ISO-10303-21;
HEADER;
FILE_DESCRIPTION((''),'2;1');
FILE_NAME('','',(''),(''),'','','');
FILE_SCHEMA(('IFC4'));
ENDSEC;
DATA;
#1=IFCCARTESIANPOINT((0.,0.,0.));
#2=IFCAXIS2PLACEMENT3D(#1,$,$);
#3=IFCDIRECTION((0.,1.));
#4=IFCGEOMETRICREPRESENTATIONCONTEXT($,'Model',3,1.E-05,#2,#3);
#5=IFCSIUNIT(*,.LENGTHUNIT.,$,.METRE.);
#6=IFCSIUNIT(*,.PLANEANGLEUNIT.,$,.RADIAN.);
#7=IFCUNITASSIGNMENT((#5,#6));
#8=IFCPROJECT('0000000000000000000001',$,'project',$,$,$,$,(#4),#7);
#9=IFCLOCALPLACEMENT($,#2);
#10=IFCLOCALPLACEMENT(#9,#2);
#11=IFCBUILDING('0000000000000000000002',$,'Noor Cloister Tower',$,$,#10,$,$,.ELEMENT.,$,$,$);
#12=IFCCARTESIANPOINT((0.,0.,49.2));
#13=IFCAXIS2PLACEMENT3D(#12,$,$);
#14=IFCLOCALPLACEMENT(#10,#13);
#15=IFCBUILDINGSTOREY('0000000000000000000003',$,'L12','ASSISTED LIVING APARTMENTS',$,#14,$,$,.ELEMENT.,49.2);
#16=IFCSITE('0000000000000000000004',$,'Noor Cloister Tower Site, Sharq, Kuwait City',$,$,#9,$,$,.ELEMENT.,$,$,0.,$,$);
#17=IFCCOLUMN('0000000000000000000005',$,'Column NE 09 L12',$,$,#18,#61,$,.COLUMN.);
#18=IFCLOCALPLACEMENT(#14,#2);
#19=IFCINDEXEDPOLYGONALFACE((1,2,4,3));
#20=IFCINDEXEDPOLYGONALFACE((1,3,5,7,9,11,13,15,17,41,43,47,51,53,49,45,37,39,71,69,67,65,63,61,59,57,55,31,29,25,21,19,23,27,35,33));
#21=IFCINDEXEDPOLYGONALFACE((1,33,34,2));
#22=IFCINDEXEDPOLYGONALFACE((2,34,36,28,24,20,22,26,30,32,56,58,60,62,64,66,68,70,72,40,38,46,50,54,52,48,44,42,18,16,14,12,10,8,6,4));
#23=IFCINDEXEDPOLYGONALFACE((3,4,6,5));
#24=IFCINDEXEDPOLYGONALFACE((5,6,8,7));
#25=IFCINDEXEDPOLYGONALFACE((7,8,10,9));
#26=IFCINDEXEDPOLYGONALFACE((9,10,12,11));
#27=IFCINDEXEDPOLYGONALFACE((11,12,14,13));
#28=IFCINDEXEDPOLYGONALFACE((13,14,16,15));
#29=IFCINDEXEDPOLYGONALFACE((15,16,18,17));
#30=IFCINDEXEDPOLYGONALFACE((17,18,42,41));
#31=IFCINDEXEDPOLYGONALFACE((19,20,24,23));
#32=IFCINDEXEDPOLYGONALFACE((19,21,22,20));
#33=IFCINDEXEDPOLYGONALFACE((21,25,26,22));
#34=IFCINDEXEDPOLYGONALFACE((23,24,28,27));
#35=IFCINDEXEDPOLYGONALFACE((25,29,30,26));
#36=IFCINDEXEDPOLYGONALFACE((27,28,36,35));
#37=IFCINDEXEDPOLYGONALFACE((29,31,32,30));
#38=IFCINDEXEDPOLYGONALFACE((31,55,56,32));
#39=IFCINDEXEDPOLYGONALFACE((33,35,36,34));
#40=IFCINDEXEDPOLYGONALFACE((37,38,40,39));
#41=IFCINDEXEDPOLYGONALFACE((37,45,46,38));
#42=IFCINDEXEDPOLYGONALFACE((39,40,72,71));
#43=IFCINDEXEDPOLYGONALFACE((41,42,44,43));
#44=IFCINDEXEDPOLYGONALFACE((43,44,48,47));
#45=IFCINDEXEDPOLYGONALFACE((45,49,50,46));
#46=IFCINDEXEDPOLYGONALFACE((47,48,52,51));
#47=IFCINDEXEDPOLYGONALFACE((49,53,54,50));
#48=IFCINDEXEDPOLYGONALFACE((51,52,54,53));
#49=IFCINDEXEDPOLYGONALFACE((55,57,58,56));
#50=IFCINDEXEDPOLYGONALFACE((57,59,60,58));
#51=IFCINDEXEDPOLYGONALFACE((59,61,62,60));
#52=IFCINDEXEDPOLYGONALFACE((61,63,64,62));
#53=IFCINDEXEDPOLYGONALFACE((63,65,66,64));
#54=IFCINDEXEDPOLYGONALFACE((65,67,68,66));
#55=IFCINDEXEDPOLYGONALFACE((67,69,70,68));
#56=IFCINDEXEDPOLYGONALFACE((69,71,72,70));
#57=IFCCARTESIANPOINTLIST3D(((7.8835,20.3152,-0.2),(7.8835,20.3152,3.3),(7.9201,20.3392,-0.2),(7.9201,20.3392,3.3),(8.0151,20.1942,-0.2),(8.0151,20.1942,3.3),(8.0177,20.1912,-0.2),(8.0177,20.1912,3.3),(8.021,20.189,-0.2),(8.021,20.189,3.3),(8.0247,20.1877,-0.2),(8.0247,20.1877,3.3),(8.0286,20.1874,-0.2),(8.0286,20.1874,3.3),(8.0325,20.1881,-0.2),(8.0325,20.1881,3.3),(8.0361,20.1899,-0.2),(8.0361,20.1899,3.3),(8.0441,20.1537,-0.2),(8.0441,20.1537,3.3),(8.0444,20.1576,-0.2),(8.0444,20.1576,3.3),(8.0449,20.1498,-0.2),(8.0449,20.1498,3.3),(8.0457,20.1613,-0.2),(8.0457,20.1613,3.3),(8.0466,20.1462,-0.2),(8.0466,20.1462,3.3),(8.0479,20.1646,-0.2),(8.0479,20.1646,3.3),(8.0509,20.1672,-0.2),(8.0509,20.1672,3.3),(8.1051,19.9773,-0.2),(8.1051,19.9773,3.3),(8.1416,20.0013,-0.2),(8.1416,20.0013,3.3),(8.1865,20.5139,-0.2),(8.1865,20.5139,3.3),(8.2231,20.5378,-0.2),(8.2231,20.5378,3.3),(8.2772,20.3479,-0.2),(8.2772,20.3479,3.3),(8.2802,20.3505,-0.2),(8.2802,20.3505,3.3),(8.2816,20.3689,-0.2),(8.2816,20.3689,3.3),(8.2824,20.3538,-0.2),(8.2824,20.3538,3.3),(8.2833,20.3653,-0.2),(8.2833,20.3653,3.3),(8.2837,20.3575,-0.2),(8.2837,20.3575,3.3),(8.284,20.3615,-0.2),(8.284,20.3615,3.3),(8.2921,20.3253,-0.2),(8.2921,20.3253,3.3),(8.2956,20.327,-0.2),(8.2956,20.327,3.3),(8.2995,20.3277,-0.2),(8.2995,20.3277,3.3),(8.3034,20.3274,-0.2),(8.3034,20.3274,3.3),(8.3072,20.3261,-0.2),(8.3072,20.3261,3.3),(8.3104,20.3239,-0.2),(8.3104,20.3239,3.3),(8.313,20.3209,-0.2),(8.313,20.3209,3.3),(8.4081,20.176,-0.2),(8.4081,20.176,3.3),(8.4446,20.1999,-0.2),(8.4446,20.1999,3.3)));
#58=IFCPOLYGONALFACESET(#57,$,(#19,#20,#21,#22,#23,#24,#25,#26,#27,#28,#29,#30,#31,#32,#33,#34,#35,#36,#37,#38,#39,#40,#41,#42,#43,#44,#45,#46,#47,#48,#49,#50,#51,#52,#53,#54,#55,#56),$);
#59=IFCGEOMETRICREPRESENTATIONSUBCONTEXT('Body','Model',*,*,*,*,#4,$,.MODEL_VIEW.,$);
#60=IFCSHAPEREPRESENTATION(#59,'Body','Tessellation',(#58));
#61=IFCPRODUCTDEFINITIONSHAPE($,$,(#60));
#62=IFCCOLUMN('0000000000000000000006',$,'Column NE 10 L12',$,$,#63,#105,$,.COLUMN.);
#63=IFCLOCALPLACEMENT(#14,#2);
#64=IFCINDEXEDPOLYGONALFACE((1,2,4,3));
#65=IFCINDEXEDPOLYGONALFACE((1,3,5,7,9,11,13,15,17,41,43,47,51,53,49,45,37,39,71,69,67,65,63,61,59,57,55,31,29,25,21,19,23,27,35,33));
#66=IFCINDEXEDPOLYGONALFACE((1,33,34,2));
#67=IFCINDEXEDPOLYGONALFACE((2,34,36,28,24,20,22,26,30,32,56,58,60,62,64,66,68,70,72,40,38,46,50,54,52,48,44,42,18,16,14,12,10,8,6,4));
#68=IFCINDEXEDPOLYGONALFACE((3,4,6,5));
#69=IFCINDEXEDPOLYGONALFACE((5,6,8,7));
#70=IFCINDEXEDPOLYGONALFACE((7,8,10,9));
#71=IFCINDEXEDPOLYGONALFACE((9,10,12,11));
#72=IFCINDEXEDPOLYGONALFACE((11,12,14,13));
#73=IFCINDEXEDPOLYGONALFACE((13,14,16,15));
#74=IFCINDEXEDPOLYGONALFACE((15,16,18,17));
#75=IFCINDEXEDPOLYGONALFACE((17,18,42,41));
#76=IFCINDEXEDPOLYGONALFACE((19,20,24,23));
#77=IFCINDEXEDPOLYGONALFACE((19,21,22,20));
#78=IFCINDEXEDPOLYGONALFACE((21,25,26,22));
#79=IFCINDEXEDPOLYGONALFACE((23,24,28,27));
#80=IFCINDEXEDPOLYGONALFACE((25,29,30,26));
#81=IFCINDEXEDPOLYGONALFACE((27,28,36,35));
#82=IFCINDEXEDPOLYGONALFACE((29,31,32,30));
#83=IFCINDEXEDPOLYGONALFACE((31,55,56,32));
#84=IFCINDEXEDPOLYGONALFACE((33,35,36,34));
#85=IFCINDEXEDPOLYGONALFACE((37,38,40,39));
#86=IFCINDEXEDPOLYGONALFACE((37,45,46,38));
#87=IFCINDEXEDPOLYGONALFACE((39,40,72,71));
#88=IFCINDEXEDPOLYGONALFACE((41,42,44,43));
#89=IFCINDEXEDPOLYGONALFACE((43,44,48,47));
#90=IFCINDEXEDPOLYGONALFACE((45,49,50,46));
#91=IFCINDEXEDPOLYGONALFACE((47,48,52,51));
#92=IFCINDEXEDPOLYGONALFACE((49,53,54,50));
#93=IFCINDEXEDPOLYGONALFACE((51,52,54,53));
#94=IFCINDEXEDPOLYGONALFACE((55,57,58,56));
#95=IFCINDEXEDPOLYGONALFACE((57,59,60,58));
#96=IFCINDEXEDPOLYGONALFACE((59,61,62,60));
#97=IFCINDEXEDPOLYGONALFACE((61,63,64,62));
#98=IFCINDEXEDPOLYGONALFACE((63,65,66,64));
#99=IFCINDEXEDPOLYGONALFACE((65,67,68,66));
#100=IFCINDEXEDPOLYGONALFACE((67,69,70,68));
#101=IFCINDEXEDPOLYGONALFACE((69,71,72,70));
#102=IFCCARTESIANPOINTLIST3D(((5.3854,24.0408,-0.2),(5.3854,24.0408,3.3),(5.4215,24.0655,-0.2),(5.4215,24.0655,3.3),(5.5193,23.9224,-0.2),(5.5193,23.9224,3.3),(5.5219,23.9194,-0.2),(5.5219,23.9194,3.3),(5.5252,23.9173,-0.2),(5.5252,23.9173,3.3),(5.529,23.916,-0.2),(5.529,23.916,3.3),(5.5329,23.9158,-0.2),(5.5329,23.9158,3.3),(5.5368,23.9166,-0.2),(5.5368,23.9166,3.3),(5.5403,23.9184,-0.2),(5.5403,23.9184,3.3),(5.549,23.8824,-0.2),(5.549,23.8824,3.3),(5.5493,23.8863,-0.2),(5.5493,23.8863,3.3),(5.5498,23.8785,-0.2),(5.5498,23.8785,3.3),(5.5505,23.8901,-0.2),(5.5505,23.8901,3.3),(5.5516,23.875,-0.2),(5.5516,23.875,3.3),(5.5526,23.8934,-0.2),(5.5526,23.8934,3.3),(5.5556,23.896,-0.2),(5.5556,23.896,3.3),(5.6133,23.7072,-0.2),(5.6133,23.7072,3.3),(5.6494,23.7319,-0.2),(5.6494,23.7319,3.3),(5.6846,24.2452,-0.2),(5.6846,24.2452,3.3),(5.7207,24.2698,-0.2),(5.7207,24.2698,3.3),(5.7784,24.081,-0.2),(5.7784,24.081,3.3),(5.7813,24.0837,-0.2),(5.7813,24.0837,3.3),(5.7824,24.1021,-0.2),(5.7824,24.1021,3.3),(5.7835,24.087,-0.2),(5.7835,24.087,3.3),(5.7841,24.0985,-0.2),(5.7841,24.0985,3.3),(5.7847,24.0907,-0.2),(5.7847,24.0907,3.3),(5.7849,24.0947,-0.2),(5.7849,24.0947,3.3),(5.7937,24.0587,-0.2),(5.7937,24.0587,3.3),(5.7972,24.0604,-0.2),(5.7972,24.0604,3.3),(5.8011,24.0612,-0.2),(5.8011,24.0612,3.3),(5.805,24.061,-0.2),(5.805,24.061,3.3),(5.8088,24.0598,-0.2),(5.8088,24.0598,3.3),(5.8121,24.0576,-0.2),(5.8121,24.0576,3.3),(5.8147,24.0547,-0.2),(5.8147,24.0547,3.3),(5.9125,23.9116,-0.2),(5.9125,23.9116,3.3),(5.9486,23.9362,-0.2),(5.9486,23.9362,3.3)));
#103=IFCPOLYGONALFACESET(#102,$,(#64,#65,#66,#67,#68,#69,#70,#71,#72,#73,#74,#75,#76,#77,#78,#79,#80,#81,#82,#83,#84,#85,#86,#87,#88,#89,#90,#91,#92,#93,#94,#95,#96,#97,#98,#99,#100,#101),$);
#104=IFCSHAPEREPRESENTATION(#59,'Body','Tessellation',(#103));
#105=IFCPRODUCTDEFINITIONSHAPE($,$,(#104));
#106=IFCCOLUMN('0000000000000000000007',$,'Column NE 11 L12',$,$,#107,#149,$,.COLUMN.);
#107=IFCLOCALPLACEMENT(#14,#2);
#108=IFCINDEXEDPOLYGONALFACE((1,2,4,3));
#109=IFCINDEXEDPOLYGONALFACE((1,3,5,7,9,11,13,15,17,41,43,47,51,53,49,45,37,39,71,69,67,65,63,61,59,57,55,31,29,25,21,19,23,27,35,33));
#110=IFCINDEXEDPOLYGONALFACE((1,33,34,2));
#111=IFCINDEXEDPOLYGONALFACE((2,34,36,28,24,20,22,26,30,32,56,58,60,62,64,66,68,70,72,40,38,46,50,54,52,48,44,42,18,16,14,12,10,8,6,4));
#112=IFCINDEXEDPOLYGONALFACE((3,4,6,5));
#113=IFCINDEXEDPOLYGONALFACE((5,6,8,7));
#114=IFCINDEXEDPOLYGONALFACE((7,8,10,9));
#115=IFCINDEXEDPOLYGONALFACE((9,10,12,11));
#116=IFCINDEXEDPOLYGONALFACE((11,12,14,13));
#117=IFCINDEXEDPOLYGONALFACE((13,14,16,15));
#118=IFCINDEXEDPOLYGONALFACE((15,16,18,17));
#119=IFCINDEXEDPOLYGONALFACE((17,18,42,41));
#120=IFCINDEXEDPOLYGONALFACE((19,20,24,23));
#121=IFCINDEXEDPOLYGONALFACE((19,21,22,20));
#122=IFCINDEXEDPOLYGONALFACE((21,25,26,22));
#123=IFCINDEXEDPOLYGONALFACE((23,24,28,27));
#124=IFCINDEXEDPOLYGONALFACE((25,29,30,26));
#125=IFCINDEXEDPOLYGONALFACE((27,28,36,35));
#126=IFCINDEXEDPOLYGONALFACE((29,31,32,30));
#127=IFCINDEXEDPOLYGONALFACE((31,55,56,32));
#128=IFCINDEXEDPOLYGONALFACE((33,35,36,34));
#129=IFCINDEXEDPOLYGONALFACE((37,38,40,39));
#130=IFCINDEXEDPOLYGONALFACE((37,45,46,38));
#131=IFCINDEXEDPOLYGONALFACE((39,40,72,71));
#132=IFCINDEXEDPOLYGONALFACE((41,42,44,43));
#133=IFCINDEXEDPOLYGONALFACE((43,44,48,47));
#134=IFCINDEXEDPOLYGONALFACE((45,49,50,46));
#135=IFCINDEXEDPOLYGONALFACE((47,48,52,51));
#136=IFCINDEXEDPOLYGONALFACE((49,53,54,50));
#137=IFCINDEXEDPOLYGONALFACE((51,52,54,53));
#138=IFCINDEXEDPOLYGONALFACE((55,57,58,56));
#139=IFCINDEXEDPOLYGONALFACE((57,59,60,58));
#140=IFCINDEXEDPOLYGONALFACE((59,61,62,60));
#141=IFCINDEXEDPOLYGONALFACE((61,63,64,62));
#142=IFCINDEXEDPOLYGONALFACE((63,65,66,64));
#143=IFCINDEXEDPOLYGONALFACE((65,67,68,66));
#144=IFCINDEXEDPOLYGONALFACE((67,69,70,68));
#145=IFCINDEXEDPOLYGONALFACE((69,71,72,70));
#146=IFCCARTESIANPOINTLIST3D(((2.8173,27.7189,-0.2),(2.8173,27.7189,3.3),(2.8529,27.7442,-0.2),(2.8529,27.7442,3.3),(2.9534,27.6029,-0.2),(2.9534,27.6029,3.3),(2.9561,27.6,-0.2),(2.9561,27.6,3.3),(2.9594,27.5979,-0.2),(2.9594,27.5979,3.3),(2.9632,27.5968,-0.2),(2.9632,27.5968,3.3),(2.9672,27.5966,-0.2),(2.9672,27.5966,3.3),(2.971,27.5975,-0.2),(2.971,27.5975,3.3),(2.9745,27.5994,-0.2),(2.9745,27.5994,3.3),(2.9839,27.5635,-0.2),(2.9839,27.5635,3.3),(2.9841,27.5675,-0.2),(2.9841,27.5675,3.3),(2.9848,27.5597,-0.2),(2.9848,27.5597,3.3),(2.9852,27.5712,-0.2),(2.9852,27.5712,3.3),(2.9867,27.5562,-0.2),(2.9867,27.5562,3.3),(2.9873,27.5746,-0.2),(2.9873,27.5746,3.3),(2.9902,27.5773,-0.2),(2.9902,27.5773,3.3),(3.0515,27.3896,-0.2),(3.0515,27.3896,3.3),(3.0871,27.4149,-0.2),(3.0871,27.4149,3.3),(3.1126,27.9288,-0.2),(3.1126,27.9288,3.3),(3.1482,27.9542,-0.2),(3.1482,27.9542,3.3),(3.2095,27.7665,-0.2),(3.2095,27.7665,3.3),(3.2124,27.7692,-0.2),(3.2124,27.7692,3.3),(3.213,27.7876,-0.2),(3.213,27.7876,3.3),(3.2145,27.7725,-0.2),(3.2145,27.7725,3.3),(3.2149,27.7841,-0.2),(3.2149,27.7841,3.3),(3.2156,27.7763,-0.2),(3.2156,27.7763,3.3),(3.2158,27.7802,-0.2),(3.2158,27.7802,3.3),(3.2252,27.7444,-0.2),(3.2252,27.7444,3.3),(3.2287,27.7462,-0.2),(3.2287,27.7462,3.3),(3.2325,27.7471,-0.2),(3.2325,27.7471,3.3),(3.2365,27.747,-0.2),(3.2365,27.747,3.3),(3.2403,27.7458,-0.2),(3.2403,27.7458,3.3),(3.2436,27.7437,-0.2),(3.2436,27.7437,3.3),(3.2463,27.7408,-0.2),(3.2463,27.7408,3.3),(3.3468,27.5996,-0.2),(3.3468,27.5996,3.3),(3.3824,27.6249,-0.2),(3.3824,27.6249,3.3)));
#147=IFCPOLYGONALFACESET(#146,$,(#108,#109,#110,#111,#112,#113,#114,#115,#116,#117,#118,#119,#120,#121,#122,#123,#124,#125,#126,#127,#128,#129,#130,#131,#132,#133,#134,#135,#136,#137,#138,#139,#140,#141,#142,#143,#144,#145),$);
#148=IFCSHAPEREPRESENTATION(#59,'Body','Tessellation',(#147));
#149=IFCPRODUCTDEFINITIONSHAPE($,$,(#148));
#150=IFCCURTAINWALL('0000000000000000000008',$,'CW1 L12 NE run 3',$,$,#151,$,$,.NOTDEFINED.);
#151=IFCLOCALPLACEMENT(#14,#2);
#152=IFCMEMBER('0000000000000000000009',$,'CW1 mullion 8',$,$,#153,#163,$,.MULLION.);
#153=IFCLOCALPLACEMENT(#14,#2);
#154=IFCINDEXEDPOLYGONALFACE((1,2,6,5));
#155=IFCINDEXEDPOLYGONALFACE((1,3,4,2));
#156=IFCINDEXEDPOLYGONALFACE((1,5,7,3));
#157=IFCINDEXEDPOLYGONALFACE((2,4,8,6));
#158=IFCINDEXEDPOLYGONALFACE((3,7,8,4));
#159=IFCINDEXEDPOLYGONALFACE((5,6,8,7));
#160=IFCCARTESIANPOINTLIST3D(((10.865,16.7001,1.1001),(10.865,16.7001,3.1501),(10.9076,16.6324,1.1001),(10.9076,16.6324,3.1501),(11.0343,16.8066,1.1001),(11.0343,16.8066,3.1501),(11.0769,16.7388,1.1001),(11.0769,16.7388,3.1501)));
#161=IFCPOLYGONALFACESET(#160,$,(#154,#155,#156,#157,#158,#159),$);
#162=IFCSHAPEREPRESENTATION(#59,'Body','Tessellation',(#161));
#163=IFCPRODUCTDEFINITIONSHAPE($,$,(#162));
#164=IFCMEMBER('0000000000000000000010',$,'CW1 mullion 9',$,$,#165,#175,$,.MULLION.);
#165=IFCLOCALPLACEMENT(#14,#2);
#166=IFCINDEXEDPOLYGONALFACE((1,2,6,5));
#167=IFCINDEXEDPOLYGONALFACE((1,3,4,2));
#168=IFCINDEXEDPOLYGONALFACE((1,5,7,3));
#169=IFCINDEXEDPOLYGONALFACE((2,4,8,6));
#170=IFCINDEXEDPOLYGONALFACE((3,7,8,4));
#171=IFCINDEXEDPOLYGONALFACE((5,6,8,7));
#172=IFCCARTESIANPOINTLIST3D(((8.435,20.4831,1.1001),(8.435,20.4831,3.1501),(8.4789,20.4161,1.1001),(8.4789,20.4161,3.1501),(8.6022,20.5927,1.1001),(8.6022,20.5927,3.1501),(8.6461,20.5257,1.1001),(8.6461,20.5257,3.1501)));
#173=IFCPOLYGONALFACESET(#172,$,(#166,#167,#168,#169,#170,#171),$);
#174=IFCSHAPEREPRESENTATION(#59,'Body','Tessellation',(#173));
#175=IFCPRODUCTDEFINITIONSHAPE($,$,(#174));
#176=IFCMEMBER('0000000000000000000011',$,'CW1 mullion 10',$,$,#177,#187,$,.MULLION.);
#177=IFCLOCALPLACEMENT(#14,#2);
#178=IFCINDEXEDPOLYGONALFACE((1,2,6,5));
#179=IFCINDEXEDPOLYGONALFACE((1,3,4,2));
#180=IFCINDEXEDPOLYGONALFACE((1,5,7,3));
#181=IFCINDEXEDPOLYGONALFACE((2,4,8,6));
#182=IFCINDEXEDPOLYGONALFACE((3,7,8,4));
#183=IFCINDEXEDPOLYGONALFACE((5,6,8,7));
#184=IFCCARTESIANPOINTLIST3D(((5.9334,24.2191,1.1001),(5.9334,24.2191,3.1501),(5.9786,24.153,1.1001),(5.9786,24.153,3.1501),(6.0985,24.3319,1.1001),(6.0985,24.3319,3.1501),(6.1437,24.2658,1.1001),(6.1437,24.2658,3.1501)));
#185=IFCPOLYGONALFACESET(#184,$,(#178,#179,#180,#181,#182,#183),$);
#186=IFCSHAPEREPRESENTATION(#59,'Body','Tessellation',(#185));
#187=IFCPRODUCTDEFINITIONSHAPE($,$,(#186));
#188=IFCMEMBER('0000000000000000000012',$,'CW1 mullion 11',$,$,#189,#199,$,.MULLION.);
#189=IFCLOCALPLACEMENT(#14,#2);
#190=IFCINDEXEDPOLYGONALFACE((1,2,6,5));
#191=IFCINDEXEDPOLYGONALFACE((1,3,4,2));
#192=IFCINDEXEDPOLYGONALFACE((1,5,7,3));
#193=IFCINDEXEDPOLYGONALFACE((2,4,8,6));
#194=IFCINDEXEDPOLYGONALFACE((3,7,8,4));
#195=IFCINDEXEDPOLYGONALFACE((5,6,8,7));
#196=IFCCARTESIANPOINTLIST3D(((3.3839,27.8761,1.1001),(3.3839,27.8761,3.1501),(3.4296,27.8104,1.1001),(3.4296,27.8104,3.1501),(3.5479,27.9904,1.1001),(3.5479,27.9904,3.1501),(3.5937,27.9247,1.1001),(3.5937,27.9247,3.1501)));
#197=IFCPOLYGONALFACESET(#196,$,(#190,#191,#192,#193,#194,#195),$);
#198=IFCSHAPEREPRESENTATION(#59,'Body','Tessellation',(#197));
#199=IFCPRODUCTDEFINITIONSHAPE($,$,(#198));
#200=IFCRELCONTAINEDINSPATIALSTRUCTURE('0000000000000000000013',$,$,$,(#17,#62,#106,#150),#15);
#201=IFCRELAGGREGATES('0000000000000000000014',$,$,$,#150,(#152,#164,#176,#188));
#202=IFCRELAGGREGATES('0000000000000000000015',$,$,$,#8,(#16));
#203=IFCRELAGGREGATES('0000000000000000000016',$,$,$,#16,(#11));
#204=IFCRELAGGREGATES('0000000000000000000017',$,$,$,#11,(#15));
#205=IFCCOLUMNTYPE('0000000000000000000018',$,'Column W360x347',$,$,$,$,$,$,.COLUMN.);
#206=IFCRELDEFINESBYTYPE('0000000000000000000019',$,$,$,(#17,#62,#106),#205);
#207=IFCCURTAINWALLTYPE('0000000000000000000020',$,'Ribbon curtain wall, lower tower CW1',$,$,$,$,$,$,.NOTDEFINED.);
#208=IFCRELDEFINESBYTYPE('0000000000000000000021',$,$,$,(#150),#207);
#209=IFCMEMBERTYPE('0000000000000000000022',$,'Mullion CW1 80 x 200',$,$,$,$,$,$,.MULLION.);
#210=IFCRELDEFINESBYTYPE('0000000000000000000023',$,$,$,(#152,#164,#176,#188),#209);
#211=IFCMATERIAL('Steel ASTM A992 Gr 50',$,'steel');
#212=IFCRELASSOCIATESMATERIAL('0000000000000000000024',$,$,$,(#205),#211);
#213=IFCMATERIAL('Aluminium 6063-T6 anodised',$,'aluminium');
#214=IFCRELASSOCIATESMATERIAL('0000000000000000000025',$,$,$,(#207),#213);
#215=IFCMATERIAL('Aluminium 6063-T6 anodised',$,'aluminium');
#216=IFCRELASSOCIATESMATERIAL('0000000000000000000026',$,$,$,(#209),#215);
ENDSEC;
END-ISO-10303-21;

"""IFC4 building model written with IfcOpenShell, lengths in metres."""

from ifc_helpers import new_model, si_unit, direction, frame, origin, origin_2d, place, context, subcontext, project, spatial, rectangle, i_section, extrude, material, material_profile, profile_set, type_object, element, aggregate, save


model = new_model("IFC4")

# Units and contexts
model_context = context("Model", 3, precision=1e-05, world=origin(), true_north=direction((0.0, 1.0)))
body_context = subcontext(model_context, "Body", "Model", "MODEL_VIEW")
ifc_project = project(units=[si_unit("LENGTHUNIT", "METRE"), si_unit("PLANEANGLEUNIT", "RADIAN")], contexts=[model_context])

# Site, building, storey
site_placement = place(None, origin())
site = spatial("IfcSite", under=ifc_project, at=site_placement, Name="Noor Cloister Tower Site, Sharq, Kuwait City", CompositionType="ELEMENT", RefElevation=0.0)
building_placement = place(site_placement, origin())
building = spatial("IfcBuilding", under=site, at=building_placement, Name="Noor Cloister Tower", CompositionType="ELEMENT")
storey_placement = place(building_placement, frame((0.0, 0.0, 49.2)))
storey = spatial("IfcBuildingStorey", under=building, at=storey_placement, Name="L12", Description="ASSISTED LIVING APARTMENTS", CompositionType="ELEMENT", Elevation=49.2)

# Columns
ifc_material_1 = material(Name="Steel ASTM A992 Gr 50", Category="steel")
ifc_material_profile_1 = material_profile(ifc_material_1, i_section(OverallWidth=0.4041, OverallDepth=0.406, WebThickness=0.0271, FlangeThickness=0.0437, FilletRadius=0.0151, at=origin_2d()), Name="W360x347")
ifc_profile_set_1 = profile_set([ifc_material_profile_1], Name="Steel ASTM A992 Gr 50")
column_type = type_object("IfcColumnType", Name="Column W360x347", PredefinedType="COLUMN", material=ifc_profile_set_1)
for number, where, z_axis, x_axis, name in (
    (1, (8.1641, 20.2576, -0.2), (0.0, 0.0, 1.0), (-0.548314, 0.836273, 0.0), "Column NE 09 L12"),
    (2, (5.667, 23.9885, -0.2), (0.0, 0.0, 1.0), (-0.564034, 0.825752, 0.0), "Column NE 10 L12"),
    (3, (3.0999, 27.6719, -0.2), (0.0, 0.0, 1.0), (-0.579552, 0.814936, 0.0), "Column NE 11 L12"),
):
    element("IfcColumn", number, at=place(storey_placement, frame(where, z_axis=z_axis, x_axis=x_axis)), inside=storey, type_object=column_type, Name=name, PredefinedType="COLUMN", context=body_context, shape_type="SweptSolid", body=[
        extrude(i_section(OverallWidth=0.4041, OverallDepth=0.406, WebThickness=0.0271, FlangeThickness=0.0437, FilletRadius=0.0151, at=origin_2d()), origin(), (0.0, 0.0, 1.0), 3.5),
    ])

# Curtain wall, members
ifc_material_2 = material(Name="Aluminium 6063-T6 anodised", Category="aluminium")
curtain_wall_type = type_object("IfcCurtainWallType", Name="Ribbon curtain wall, lower tower CW1", PredefinedType="NOTDEFINED", material=ifc_material_2)
curtain_wall_placement = place(storey_placement, origin())
curtain_wall = element("IfcCurtainWall", 4, at=curtain_wall_placement, inside=storey, type_object=curtain_wall_type, Name="CW1 L12 NE run 3", PredefinedType="NOTDEFINED")
ifc_material_3 = material(Name="Aluminium 6063-T6 anodised", Category="aluminium")
ifc_material_profile_2 = material_profile(ifc_material_3, rectangle(XDim=0.2, YDim=0.0801, at=origin_2d()), Name="200 x 80 mullion")
ifc_profile_set_2 = profile_set([ifc_material_profile_2], Name="Aluminium 6063-T6 anodised")
member_type = type_object("IfcMemberType", Name="Mullion CW1 80 x 200", PredefinedType="MULLION", material=ifc_profile_set_2)
member_1_placement = place(storey_placement, frame((10.9709, 16.7195, 1.1001), z_axis=(0.0, 0.0, 1.0), x_axis=(-0.846494, -0.532398, 0.0)))
member_1 = element("IfcMember", 5, at=member_1_placement, type_object=member_type, Name="CW1 mullion 8", PredefinedType="MULLION", context=body_context, shape_type="SweptSolid", body=[
    extrude(rectangle(XDim=0.2, YDim=0.0801, at=origin_2d()), origin(), (0.0, 0.0, 1.0), 2.05),
])
member_2_placement = place(storey_placement, frame((8.5405, 20.5044, 1.1001), z_axis=(0.0, 0.0, 1.0), x_axis=(-0.836273, -0.548314, 0.0)))
member_2 = element("IfcMember", 6, at=member_2_placement, type_object=member_type, Name="CW1 mullion 9", PredefinedType="MULLION", context=body_context, shape_type="SweptSolid", body=[
    extrude(rectangle(XDim=0.2, YDim=0.0801, at=origin_2d()), origin(), (0.0, 0.0, 1.0), 2.05),
])
member_3_placement = place(storey_placement, frame((6.0386, 24.2424, 1.1001), z_axis=(0.0, 0.0, 1.0), x_axis=(-0.825752, -0.564034, 0.0)))
member_3 = element("IfcMember", 7, at=member_3_placement, type_object=member_type, Name="CW1 mullion 10", PredefinedType="MULLION", context=body_context, shape_type="SweptSolid", body=[
    extrude(rectangle(XDim=0.2, YDim=0.0801, at=origin_2d()), origin(), (0.0, 0.0, 1.0), 2.05),
])
member_4_placement = place(storey_placement, frame((3.4888, 27.9004, 1.1001), z_axis=(0.0, 0.0, 1.0), x_axis=(-0.82038, -0.571818, 0.0)))
member_4 = element("IfcMember", 8, at=member_4_placement, type_object=member_type, Name="CW1 mullion 11", PredefinedType="MULLION", context=body_context, shape_type="SweptSolid", body=[
    extrude(rectangle(XDim=0.2, YDim=0.0801, at=origin_2d()), origin(), (0.0, 0.0, 1.0), 2.05),
])

aggregate(curtain_wall, [member_1, member_2, member_3, member_4])

save(model, "model.ifc")
